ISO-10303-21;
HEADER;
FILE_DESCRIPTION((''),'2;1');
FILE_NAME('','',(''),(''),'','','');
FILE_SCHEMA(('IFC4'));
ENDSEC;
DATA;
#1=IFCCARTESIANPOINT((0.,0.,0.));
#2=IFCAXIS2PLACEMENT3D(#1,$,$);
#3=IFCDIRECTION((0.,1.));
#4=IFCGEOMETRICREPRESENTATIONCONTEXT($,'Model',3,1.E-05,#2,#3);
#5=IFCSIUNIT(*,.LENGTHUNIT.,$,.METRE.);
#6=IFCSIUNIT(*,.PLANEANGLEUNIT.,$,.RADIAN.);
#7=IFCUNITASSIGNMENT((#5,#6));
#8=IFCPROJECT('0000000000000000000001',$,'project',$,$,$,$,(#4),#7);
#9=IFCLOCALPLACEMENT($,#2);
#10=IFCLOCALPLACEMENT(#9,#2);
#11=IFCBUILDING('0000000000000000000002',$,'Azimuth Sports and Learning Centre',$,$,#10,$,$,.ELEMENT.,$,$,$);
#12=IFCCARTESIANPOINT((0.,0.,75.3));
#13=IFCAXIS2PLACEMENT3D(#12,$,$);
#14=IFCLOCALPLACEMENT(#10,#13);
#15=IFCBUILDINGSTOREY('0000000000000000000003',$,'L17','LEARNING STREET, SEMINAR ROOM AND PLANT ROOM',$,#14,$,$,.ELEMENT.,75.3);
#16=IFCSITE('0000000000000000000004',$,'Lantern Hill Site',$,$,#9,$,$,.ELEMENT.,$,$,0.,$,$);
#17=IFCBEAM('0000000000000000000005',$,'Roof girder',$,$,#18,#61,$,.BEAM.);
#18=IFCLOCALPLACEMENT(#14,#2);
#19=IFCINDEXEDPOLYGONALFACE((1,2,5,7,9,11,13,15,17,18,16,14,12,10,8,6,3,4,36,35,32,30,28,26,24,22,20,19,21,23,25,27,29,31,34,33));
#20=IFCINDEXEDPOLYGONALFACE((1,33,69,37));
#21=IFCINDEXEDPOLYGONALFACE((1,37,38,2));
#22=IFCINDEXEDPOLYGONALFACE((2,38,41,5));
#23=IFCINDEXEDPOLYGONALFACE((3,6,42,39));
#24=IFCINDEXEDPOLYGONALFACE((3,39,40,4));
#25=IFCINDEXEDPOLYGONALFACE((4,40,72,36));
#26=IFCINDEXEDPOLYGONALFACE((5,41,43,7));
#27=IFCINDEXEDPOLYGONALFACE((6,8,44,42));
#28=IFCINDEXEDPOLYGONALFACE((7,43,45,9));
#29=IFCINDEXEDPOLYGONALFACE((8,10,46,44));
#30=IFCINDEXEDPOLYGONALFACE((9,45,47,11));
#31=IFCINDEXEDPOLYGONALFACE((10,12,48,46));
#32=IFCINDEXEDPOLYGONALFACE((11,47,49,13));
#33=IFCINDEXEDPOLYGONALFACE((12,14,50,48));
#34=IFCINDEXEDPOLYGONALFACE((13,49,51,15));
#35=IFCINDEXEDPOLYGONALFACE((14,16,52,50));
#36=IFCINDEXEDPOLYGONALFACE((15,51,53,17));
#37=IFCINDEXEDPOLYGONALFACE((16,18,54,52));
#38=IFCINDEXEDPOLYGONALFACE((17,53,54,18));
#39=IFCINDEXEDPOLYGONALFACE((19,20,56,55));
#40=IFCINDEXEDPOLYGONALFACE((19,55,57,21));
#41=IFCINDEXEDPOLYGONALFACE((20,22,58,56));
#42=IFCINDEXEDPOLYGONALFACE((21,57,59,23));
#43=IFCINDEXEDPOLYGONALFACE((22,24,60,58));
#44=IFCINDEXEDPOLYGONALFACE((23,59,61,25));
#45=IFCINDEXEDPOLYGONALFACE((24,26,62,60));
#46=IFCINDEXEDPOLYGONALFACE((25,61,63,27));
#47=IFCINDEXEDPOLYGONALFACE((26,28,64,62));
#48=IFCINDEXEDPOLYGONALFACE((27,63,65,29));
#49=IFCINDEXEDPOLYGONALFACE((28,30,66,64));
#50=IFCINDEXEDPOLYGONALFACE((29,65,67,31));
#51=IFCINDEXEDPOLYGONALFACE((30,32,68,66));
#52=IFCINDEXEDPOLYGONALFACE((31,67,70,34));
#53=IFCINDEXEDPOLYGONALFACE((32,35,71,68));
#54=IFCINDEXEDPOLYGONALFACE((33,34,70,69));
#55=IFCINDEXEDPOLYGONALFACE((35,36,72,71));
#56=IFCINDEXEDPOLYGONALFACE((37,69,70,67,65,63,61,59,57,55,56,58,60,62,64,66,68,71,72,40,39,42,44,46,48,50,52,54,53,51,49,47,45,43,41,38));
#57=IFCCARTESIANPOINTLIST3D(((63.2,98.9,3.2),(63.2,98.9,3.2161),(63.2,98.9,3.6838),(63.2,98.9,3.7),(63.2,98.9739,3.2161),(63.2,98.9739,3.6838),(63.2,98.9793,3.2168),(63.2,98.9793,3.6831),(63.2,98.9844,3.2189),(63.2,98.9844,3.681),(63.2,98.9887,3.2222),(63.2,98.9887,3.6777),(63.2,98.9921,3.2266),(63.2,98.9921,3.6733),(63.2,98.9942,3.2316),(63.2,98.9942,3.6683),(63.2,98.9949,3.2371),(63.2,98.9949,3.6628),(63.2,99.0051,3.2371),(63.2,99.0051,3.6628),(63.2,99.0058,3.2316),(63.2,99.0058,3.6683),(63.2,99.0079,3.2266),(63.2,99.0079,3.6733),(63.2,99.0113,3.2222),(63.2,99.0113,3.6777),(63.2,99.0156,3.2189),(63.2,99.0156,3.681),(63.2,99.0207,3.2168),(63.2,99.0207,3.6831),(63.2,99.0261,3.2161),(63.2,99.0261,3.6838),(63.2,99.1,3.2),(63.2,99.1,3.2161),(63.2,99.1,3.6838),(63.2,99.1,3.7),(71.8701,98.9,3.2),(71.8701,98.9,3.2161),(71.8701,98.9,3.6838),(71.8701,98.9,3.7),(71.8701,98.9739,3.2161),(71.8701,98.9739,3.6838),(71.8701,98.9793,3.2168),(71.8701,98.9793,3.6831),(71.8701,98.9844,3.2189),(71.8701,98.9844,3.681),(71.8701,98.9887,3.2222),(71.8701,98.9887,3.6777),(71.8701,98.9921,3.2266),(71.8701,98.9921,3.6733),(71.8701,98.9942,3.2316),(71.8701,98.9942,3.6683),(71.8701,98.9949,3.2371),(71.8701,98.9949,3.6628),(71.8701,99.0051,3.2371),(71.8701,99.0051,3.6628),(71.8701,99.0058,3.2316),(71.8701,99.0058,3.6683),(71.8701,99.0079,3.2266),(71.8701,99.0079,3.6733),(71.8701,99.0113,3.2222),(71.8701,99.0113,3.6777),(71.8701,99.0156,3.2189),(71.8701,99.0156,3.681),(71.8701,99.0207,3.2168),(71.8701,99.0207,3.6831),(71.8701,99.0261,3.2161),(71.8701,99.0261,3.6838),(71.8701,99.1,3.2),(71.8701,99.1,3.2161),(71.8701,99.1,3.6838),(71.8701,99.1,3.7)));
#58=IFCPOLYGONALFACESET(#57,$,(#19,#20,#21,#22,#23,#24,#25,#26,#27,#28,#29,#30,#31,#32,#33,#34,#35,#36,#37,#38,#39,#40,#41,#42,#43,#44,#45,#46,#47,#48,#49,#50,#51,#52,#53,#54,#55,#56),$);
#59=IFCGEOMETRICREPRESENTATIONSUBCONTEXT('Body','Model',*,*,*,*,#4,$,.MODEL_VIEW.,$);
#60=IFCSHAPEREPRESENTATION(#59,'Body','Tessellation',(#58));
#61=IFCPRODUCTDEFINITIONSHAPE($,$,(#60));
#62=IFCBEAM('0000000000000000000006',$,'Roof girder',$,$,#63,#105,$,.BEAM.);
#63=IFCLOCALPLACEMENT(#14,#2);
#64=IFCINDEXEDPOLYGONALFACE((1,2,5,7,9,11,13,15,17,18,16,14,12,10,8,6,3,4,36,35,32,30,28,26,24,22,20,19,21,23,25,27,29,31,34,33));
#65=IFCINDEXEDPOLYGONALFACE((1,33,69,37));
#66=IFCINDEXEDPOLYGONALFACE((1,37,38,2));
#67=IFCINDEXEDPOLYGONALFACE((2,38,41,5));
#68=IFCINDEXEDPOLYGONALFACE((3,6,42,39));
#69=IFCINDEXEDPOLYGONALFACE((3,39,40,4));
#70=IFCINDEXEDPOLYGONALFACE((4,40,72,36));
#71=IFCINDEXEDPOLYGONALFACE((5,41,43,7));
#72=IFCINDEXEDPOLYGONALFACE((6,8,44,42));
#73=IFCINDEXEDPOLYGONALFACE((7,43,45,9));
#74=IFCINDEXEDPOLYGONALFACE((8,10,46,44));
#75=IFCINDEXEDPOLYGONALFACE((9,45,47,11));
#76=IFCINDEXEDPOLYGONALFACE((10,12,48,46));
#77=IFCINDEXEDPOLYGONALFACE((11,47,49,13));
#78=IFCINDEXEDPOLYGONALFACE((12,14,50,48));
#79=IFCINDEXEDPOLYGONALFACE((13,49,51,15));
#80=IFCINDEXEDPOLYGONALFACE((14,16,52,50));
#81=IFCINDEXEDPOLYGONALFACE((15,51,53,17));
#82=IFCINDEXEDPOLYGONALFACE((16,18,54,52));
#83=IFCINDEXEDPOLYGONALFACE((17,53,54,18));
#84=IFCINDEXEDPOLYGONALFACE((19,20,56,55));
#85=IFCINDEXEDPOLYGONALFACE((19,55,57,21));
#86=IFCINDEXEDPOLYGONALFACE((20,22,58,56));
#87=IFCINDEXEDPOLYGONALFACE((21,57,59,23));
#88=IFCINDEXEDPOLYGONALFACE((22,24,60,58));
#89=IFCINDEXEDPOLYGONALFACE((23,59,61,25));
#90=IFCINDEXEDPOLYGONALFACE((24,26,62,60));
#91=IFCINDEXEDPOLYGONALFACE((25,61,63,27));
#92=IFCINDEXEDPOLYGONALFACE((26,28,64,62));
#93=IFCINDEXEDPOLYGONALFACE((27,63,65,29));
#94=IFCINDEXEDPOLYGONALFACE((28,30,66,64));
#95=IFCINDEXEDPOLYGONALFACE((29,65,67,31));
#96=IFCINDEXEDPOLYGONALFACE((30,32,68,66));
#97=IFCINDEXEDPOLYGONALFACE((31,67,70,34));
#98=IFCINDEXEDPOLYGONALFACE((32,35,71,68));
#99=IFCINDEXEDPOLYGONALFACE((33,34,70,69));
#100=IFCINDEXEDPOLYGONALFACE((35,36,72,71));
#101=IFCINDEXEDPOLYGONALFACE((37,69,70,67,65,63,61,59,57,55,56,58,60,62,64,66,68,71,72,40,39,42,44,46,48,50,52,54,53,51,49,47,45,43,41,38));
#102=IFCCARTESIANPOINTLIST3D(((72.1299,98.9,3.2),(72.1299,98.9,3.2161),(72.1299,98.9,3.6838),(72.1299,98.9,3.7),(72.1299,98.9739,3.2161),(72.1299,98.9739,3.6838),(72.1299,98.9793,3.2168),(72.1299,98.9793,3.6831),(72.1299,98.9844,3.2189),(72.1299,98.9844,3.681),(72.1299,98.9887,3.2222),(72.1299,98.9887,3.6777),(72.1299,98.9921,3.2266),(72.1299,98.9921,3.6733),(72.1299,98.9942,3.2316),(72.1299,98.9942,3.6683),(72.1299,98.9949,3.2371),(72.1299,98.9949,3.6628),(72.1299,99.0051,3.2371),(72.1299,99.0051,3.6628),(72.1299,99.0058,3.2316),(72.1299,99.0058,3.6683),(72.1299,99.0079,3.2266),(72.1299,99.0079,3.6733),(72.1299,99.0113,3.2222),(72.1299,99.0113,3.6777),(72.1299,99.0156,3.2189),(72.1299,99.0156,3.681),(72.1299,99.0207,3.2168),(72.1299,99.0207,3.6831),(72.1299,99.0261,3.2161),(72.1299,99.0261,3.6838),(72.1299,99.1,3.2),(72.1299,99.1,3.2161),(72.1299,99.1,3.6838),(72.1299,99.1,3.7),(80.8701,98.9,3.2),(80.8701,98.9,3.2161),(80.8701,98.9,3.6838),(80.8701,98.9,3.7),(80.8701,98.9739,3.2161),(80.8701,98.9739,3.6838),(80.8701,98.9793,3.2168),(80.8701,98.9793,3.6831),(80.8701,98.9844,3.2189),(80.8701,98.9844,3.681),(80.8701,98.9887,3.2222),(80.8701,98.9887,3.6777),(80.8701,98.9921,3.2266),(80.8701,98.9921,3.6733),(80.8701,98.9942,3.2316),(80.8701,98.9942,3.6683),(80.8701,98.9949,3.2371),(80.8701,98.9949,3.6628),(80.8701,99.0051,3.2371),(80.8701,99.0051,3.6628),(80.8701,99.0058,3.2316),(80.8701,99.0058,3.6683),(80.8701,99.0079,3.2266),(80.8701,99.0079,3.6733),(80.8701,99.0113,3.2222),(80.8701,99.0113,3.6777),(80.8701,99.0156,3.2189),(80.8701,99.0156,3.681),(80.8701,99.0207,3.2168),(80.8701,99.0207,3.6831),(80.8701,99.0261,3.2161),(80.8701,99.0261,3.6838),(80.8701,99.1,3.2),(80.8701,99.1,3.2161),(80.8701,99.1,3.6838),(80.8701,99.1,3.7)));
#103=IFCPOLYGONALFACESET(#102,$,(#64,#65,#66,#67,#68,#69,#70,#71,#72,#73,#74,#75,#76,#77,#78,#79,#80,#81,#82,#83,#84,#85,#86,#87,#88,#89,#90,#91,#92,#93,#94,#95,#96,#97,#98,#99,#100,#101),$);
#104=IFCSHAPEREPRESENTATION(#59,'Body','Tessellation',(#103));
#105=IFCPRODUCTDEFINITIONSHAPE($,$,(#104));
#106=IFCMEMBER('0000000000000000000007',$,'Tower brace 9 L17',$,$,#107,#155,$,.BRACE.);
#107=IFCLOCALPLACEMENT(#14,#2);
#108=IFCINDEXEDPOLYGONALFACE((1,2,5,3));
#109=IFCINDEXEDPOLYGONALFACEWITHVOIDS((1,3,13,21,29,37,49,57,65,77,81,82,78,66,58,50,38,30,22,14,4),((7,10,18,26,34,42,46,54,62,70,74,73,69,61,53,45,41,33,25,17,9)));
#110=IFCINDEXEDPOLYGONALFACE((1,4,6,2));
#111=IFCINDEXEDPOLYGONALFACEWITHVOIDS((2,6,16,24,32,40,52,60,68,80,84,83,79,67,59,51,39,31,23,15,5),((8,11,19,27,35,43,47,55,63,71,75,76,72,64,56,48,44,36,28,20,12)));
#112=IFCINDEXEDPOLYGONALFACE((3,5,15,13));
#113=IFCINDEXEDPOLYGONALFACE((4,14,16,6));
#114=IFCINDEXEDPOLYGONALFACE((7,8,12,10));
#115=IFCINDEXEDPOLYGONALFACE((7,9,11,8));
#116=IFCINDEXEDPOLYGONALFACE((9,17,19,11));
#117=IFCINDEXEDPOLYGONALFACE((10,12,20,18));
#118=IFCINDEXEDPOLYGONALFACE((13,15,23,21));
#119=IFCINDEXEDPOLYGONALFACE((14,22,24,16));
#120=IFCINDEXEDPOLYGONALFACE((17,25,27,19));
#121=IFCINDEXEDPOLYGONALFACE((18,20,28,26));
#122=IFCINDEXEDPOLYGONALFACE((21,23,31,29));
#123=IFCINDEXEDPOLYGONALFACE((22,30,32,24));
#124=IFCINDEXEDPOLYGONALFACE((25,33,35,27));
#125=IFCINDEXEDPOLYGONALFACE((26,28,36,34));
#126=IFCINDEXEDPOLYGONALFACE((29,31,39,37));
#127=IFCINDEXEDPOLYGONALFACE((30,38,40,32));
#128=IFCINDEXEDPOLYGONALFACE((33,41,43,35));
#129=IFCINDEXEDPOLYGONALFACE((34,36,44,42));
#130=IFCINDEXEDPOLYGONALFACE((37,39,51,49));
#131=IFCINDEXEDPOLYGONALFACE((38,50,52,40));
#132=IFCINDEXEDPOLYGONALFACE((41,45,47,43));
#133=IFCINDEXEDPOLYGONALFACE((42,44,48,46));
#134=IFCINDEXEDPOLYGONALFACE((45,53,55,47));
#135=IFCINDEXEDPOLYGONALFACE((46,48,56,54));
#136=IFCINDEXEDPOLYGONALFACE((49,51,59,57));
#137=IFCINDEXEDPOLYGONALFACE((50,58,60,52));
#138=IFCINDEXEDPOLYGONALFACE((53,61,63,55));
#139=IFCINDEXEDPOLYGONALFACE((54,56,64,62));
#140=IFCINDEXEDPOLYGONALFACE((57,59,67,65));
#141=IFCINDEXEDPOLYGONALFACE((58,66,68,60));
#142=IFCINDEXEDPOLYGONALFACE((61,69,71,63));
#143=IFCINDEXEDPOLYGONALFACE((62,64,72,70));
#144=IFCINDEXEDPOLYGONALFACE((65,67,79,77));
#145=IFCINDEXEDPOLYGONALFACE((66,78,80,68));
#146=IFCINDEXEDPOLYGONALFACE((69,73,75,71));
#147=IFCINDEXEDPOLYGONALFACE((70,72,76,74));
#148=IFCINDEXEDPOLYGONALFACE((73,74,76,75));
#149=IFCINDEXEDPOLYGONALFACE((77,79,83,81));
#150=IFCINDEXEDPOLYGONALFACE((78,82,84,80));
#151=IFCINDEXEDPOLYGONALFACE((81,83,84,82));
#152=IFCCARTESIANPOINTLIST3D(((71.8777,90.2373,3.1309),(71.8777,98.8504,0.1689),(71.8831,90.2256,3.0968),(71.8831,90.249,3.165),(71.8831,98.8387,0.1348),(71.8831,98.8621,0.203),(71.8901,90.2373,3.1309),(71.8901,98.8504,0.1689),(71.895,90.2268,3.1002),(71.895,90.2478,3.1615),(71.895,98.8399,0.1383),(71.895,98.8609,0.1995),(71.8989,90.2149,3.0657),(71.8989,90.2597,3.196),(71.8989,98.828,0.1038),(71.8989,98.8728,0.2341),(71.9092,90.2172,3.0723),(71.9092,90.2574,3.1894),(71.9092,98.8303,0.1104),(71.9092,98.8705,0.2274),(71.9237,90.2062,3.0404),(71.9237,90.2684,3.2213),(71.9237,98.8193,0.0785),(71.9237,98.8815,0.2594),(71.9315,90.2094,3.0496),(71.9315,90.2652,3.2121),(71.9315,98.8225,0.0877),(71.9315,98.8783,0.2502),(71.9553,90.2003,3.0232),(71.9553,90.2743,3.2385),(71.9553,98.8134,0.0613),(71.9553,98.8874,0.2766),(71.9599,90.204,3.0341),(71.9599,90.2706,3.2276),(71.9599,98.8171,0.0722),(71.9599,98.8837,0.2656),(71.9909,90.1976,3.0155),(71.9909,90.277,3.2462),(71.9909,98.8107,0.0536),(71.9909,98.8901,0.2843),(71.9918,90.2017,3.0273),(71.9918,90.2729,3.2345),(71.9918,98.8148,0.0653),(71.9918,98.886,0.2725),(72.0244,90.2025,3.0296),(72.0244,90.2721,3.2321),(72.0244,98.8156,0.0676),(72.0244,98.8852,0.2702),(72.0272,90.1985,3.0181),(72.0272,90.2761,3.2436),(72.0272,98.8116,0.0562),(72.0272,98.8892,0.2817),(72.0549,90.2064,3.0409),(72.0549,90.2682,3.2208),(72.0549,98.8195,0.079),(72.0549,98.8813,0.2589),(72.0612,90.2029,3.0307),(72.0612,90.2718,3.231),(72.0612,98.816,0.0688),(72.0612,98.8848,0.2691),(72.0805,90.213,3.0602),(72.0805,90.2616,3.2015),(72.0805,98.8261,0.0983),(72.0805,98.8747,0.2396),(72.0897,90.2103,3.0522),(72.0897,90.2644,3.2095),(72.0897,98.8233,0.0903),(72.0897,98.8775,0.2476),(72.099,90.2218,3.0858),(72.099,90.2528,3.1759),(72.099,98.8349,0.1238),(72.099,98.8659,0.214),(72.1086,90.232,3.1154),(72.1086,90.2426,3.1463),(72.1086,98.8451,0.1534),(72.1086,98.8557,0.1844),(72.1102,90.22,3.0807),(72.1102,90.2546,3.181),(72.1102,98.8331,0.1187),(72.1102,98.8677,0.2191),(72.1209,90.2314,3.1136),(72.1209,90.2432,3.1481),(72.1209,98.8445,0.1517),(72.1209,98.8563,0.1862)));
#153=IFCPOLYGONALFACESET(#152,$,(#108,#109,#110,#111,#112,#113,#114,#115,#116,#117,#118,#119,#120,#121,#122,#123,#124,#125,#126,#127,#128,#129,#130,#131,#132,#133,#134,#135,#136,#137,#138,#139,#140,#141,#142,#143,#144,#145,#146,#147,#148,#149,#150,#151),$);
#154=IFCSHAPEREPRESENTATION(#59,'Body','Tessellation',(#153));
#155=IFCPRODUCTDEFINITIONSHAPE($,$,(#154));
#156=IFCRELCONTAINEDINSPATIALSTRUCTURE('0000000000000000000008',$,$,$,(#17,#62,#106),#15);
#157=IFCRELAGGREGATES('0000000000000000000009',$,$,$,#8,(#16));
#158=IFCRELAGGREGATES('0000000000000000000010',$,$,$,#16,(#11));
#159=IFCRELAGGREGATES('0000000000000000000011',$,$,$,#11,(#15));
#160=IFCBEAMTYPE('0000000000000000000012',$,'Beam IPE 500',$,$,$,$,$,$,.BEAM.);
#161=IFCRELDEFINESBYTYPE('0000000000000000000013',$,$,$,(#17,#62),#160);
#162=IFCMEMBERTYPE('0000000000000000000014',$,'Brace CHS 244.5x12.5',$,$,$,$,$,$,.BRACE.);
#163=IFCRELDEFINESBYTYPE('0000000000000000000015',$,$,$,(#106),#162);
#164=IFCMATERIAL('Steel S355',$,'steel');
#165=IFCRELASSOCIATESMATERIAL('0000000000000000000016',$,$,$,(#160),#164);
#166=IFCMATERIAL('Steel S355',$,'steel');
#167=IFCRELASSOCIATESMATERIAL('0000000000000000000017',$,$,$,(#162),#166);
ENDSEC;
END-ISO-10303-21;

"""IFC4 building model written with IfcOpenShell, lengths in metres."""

from ifc_helpers import new_model, si_unit, direction, frame, origin, origin_2d, place, context, subcontext, project, spatial, hollow_circle, i_section, extrude, material, material_profile, profile_set, type_object, element, save


model = new_model("IFC4")

# Units and contexts
model_context = context("Model", 3, precision=1e-05, world=origin(), true_north=direction((0.0, 1.0)))
body_context = subcontext(model_context, "Body", "Model", "MODEL_VIEW")
ifc_project = project(units=[si_unit("LENGTHUNIT", "METRE"), si_unit("PLANEANGLEUNIT", "RADIAN")], contexts=[model_context])

# Site, building, storey
site_placement = place(None, origin())
site = spatial("IfcSite", under=ifc_project, at=site_placement, Name="Lantern Hill Site", CompositionType="ELEMENT", RefElevation=0.0)
building_placement = place(site_placement, origin())
building = spatial("IfcBuilding", under=site, at=building_placement, Name="Azimuth Sports and Learning Centre", CompositionType="ELEMENT")
storey_placement = place(building_placement, frame((0.0, 0.0, 75.3)))
storey = spatial("IfcBuildingStorey", under=building, at=storey_placement, Name="L17", Description="LEARNING STREET, SEMINAR ROOM AND PLANT ROOM", CompositionType="ELEMENT", Elevation=75.3)

# Beams
ifc_material_1 = material(Name="Steel S355", Category="steel")
ifc_material_profile_1 = material_profile(ifc_material_1, i_section(OverallWidth=0.2, OverallDepth=0.5, WebThickness=0.0103, FlangeThickness=0.0161, FilletRadius=0.021, at=origin_2d()), Name="IPE 500")
ifc_profile_set_1 = profile_set([ifc_material_profile_1], Name="Steel S355")
beam_type_1 = type_object("IfcBeamType", Name="Beam IPE 500", PredefinedType="BEAM", material=ifc_profile_set_1)
beam_1_placement = place(storey_placement, frame((63.2, 99.0, 3.45), z_axis=(1.0, 0.0, 0.0), x_axis=(0.0, 1.0, 0.0)))
element("IfcBeam", 1, at=beam_1_placement, inside=storey, type_object=beam_type_1, Name="Roof girder", PredefinedType="BEAM", context=body_context, shape_type="SweptSolid", body=[
    extrude(i_section(OverallWidth=0.2, OverallDepth=0.5, WebThickness=0.0103, FlangeThickness=0.0161, FilletRadius=0.021, at=origin_2d()), origin(), (0.0, 0.0, 1.0), 8.6702),
])
beam_2_placement = place(storey_placement, frame((72.1299, 99.0, 3.45), z_axis=(1.0, 0.0, 0.0), x_axis=(0.0, 1.0, 0.0)))
element("IfcBeam", 2, at=beam_2_placement, inside=storey, type_object=beam_type_1, Name="Roof girder", PredefinedType="BEAM", context=body_context, shape_type="SweptSolid", body=[
    extrude(i_section(OverallWidth=0.2, OverallDepth=0.5, WebThickness=0.0103, FlangeThickness=0.0161, FilletRadius=0.021, at=origin_2d()), origin(), (0.0, 0.0, 1.0), 8.7402),
])

# Member
ifc_material_2 = material(Name="Steel S355", Category="steel")
ifc_material_profile_2 = material_profile(ifc_material_2, hollow_circle(Radius=0.1223, WallThickness=0.0125, at=origin_2d()), Name="CHS 244.5x12.5")
ifc_profile_set_2 = profile_set([ifc_material_profile_2], Name="Steel S355")
member_type_1 = type_object("IfcMemberType", Name="Brace CHS 244.5x12.5", PredefinedType="BRACE", material=ifc_profile_set_2)
member_1_placement = place(storey_placement, frame((72.0, 90.2373, 3.1309), z_axis=(0.0, 0.945647, -0.325196), x_axis=(-1.0, 0.0, 0.0)))
element("IfcMember", 3, at=member_1_placement, inside=storey, type_object=member_type_1, Name="Tower brace 9 L17", PredefinedType="BRACE", context=body_context, shape_type="SweptSolid", body=[
    extrude(hollow_circle(Radius=0.1223, WallThickness=0.0125, at=origin_2d()), origin(), (0.0, 0.0, 1.0), 9.1082),
])

save(model, "model.ifc")
